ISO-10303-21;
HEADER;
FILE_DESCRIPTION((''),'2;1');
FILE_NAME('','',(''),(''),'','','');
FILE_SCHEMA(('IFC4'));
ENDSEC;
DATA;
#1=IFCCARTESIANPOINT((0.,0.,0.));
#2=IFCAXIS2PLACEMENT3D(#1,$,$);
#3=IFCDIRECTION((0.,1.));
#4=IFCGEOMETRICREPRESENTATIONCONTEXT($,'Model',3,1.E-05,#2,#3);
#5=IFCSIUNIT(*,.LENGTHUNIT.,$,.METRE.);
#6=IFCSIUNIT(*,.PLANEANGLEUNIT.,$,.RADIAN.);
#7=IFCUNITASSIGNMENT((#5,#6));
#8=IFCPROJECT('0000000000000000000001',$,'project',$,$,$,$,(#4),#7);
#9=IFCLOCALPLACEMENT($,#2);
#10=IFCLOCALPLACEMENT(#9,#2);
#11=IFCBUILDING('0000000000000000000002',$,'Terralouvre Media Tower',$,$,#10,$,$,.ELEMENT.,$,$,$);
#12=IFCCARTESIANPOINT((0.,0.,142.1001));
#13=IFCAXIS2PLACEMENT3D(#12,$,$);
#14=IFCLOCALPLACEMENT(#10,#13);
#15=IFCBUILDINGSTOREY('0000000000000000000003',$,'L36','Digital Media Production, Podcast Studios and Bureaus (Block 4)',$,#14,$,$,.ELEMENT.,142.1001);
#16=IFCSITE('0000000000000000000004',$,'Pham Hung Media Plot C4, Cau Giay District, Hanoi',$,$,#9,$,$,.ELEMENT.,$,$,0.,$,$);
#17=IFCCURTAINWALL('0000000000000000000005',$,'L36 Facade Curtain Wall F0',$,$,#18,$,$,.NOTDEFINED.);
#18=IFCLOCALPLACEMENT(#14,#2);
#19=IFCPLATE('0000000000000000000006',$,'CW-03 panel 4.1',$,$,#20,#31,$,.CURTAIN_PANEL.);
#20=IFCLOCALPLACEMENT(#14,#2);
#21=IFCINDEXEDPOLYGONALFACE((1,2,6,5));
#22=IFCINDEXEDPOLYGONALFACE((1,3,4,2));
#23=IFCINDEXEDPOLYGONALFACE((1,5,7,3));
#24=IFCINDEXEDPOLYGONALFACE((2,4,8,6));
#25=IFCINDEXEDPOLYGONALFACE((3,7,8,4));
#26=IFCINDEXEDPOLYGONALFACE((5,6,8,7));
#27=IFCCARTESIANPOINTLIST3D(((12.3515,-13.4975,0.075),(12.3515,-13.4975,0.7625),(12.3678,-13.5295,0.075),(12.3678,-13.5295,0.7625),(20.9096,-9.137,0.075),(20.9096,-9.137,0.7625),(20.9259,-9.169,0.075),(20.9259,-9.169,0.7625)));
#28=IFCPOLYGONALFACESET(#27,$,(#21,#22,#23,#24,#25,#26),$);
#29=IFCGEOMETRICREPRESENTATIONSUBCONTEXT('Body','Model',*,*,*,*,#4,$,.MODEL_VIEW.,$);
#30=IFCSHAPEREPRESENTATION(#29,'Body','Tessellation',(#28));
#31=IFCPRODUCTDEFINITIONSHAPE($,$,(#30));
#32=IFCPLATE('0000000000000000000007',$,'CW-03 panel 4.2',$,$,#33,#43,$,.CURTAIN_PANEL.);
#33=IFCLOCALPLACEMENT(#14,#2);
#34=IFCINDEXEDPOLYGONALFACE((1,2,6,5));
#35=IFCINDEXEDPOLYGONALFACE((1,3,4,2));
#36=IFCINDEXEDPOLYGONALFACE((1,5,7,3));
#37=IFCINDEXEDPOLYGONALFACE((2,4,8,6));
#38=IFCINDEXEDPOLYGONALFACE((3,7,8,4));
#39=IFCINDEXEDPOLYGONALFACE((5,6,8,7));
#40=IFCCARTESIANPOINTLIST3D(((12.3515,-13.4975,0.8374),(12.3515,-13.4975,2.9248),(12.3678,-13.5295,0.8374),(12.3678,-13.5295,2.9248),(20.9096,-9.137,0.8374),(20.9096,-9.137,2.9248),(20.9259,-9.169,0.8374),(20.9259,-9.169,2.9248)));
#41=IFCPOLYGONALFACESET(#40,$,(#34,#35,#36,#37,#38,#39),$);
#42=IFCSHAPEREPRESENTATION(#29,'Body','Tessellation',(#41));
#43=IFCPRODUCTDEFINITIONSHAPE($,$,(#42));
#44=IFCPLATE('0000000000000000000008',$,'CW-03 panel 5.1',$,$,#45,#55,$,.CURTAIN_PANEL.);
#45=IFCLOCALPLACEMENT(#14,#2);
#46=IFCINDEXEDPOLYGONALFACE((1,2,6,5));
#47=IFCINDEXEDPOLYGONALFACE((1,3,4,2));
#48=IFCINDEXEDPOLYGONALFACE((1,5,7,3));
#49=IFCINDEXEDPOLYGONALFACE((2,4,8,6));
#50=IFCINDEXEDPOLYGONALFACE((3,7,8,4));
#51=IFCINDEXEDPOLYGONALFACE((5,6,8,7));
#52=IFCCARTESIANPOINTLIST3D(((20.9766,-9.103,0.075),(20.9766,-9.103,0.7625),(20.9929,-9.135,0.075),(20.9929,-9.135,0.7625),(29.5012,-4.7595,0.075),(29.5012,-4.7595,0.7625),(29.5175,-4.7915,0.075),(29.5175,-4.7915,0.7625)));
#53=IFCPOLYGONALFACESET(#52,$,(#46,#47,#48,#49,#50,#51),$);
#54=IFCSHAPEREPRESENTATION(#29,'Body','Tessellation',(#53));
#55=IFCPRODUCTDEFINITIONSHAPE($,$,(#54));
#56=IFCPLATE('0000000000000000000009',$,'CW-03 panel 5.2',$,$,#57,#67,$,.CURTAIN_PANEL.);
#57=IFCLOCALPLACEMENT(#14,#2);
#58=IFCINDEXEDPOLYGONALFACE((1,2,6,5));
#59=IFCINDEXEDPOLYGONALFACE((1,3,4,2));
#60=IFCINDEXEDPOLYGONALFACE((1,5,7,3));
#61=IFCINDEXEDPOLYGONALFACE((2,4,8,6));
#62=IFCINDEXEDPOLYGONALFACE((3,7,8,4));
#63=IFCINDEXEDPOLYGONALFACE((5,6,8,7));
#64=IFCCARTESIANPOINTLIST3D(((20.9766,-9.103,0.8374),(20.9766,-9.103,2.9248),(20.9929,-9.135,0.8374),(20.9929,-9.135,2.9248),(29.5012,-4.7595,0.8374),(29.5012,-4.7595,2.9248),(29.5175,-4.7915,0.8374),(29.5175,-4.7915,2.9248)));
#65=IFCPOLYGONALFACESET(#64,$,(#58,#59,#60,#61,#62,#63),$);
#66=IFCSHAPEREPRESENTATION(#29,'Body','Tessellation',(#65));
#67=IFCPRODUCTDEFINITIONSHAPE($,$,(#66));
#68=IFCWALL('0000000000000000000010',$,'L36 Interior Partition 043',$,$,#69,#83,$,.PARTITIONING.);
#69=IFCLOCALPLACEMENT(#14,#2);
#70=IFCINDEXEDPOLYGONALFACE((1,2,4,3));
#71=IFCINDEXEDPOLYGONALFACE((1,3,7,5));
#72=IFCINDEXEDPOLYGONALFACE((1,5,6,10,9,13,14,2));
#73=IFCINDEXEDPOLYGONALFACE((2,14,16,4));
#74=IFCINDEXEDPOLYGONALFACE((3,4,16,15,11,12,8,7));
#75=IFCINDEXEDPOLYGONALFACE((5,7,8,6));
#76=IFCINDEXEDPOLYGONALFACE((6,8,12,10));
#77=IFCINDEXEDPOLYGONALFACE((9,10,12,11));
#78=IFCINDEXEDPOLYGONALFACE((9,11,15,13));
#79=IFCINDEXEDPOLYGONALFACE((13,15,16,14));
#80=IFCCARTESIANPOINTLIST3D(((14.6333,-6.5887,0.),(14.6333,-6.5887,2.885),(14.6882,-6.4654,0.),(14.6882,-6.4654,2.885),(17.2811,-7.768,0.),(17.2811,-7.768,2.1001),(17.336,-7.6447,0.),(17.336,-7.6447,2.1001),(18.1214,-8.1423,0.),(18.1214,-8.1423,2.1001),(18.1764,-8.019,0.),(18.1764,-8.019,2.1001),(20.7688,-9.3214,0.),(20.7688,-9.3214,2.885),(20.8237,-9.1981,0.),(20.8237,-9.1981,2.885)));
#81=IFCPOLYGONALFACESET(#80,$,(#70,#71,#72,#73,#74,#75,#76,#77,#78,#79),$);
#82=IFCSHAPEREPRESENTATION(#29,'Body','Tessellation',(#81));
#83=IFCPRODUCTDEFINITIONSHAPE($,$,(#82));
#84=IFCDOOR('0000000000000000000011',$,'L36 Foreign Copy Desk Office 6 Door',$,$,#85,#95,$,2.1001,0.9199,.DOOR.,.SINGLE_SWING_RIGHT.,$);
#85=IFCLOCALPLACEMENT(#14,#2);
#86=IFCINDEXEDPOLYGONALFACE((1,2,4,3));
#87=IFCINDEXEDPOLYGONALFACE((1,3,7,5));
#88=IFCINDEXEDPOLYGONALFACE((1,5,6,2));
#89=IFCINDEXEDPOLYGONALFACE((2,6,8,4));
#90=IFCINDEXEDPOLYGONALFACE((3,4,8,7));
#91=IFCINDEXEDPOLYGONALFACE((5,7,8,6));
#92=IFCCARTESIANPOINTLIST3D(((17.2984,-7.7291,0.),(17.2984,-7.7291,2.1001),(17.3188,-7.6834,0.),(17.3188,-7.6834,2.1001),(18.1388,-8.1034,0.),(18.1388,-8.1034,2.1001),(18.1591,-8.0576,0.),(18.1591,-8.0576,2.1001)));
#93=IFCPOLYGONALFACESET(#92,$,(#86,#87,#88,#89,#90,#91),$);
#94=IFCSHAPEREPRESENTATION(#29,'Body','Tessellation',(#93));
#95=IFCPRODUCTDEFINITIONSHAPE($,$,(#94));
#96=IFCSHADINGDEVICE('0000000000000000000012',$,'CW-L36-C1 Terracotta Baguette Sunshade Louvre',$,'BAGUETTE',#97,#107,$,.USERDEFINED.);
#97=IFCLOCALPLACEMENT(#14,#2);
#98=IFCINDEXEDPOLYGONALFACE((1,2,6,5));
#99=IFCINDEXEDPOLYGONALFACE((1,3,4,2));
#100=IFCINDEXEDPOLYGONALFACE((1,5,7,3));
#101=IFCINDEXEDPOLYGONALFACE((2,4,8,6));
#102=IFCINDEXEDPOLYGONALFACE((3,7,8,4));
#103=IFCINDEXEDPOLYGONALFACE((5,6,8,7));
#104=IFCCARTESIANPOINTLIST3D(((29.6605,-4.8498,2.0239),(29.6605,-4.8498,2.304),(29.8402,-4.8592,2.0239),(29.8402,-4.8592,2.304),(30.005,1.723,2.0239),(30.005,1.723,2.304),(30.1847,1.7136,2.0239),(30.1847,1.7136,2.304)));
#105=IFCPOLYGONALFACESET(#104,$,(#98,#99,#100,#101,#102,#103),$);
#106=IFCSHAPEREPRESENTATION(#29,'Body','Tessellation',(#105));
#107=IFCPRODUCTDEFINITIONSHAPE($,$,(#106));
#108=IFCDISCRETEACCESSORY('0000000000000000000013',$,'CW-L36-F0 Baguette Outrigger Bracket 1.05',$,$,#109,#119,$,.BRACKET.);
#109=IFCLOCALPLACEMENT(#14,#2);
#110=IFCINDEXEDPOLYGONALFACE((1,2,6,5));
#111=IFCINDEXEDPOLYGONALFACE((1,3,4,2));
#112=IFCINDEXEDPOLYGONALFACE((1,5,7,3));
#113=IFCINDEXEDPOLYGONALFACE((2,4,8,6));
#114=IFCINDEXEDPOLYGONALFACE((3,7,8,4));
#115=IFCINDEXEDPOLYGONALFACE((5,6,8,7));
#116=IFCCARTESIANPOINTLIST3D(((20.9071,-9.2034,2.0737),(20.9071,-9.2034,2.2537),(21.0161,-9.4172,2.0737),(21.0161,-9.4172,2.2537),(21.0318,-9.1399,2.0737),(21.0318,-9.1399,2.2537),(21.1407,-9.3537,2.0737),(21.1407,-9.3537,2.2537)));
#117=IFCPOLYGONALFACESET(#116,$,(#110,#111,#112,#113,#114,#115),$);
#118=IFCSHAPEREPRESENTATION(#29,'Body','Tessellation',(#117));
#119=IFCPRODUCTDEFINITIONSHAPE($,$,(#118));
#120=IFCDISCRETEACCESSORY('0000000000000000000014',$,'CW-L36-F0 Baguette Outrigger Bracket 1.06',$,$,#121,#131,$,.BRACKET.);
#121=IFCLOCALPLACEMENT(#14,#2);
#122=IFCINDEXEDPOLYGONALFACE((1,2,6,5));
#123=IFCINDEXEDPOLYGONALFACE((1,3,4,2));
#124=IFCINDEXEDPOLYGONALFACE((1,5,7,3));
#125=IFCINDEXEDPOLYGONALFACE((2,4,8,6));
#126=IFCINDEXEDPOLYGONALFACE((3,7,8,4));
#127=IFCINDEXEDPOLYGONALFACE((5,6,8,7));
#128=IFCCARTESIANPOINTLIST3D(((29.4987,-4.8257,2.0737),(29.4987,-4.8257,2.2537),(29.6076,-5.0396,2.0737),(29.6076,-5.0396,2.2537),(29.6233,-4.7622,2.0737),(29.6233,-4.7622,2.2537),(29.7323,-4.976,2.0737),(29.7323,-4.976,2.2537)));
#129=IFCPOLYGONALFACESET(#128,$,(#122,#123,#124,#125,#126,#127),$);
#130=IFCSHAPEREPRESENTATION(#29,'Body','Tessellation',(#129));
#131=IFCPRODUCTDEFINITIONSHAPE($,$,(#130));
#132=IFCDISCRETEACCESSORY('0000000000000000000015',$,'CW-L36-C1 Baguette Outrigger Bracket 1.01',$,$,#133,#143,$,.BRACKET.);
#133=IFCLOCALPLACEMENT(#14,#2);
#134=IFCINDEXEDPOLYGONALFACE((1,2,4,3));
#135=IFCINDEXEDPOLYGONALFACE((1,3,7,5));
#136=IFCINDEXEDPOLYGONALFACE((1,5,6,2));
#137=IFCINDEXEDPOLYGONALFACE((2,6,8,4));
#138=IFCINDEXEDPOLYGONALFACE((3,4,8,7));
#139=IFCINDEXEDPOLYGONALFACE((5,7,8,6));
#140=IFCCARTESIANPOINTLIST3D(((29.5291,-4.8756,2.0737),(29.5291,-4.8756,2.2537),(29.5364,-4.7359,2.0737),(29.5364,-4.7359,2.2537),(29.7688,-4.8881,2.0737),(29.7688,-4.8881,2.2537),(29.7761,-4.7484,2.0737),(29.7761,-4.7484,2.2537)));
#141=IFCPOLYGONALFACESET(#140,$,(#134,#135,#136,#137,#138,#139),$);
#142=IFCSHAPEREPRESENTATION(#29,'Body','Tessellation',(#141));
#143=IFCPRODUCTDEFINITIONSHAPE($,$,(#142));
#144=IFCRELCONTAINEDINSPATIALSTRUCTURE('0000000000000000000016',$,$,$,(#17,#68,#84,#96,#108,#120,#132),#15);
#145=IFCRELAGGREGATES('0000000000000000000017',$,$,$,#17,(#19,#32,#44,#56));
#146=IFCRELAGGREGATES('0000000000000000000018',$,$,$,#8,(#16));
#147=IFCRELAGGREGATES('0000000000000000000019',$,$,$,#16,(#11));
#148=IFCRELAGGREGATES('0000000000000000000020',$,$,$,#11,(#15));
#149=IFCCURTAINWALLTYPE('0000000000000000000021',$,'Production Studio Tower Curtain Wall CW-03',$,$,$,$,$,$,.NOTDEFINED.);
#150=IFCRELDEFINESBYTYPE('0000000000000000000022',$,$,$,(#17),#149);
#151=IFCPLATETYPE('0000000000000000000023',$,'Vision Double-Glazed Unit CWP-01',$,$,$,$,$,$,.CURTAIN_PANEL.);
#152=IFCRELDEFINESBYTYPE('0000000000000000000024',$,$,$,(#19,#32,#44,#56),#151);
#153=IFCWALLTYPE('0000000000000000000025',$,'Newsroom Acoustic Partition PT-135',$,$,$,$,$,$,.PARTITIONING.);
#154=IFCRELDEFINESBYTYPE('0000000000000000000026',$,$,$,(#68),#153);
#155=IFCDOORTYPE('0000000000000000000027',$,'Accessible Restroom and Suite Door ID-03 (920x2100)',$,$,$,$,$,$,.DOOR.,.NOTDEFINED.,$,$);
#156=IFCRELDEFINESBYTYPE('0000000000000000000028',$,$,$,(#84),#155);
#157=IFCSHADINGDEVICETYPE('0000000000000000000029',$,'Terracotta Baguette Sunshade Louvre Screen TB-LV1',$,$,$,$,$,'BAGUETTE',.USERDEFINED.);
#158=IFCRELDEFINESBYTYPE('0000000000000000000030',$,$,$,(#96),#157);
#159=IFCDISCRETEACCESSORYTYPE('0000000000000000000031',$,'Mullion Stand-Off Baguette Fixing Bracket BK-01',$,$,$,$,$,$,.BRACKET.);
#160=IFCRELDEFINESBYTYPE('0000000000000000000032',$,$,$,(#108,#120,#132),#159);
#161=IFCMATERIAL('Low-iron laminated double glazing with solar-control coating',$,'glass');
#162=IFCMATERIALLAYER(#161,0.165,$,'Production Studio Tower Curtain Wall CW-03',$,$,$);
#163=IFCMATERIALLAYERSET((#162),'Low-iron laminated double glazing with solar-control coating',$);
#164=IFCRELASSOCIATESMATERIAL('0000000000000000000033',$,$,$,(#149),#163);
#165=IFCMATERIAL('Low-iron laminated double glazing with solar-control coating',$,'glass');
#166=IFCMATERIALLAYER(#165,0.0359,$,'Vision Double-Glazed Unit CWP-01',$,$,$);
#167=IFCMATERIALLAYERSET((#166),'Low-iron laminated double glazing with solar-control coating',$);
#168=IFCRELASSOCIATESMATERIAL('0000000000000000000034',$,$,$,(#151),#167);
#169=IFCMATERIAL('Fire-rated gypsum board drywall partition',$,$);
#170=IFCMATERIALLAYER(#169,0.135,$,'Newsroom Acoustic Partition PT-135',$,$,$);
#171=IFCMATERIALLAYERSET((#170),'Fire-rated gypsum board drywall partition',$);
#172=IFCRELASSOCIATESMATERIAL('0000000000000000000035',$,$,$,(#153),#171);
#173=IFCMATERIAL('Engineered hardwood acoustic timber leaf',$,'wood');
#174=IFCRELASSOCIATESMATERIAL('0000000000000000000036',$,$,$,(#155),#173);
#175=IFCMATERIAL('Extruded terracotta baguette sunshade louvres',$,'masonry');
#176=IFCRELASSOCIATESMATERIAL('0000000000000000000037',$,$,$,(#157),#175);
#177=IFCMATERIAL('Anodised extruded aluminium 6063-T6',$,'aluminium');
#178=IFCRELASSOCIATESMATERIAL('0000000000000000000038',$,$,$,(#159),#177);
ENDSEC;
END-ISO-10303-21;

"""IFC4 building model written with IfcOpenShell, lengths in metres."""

from ifc_helpers import new_model, si_unit, direction, frame, frame_2d, origin, origin_2d, place, context, subcontext, project, spatial, rectangle, extrude, material, layer, layer_set, type_object, element, fill, aggregate, save


model = new_model("IFC4")

# Units and contexts
model_context = context("Model", 3, precision=1e-05, world=origin(), true_north=direction((0.0, 1.0)))
body_context = subcontext(model_context, "Body", "Model", "MODEL_VIEW")
ifc_project = project(units=[si_unit("LENGTHUNIT", "METRE"), si_unit("PLANEANGLEUNIT", "RADIAN")], contexts=[model_context])

# Site, building, storey
site_placement = place(None, origin())
site = spatial("IfcSite", under=ifc_project, at=site_placement, Name="Pham Hung Media Plot C4, Cau Giay District, Hanoi", CompositionType="ELEMENT", RefElevation=0.0)
building_placement = place(site_placement, origin())
building = spatial("IfcBuilding", under=site, at=building_placement, Name="Terralouvre Media Tower", CompositionType="ELEMENT")
storey_placement = place(building_placement, frame((0.0, 0.0, 142.1001)))
storey = spatial("IfcBuildingStorey", under=building, at=storey_placement, Name="L36", Description="Digital Media Production, Podcast Studios and Bureaus (Block 4)", CompositionType="ELEMENT", Elevation=142.1001)

# Curtain wall
ifc_material_1 = material(Name="Low-iron laminated double glazing with solar-control coating", Category="glass")
ifc_layer_1 = layer(ifc_material_1, 0.165, Name="Production Studio Tower Curtain Wall CW-03")
ifc_layer_set_1 = layer_set([ifc_layer_1], Name="Low-iron laminated double glazing with solar-control coating")
curtain_wall_type_1 = type_object("IfcCurtainWallType", Name="Production Studio Tower Curtain Wall CW-03", PredefinedType="NOTDEFINED", material=ifc_layer_set_1)
curtain_wall_1_placement = place(storey_placement, origin())
curtain_wall_1 = element("IfcCurtainWall", 1, at=curtain_wall_1_placement, inside=storey, type_object=curtain_wall_type_1, Name="L36 Facade Curtain Wall F0", PredefinedType="NOTDEFINED")

# Plates
ifc_material_2 = material(Name="Low-iron laminated double glazing with solar-control coating", Category="glass")
ifc_layer_2 = layer(ifc_material_2, 0.0359, Name="Vision Double-Glazed Unit CWP-01")
ifc_layer_set_2 = layer_set([ifc_layer_2], Name="Low-iron laminated double glazing with solar-control coating")
plate_type_1 = type_object("IfcPlateType", Name="Vision Double-Glazed Unit CWP-01", PredefinedType="CURTAIN_PANEL", material=ifc_layer_set_2)
plate_1_placement = place(storey_placement, frame((16.6387, -11.3333, 0.075), z_axis=(0.0, 0.0, 1.0), x_axis=(0.891007, 0.453991, 0.0)))
plate_1 = element("IfcPlate", 2, at=plate_1_placement, type_object=plate_type_1, Name="CW-03 panel 4.1", PredefinedType="CURTAIN_PANEL", context=body_context, shape_type="SweptSolid", body=[
    extrude(rectangle(XDim=9.605, YDim=0.0359, at=origin_2d()), origin(), (0.0, 0.0, 1.0), 0.6875),
])
plate_2_placement = place(storey_placement, frame((16.6387, -11.3333, 0.8374), z_axis=(0.0, 0.0, 1.0), x_axis=(0.891007, 0.453991, 0.0)))
plate_2 = element("IfcPlate", 3, at=plate_2_placement, type_object=plate_type_1, Name="CW-03 panel 4.2", PredefinedType="CURTAIN_PANEL", context=body_context, shape_type="SweptSolid", body=[
    extrude(rectangle(XDim=9.605, YDim=0.0359, at=origin_2d()), origin(), (0.0, 0.0, 1.0), 2.0874),
])
plate_3_placement = place(storey_placement, frame((25.2471, -6.9473, 0.075), z_axis=(0.0, 0.0, 1.0), x_axis=(0.891007, 0.453991, 0.0)))
plate_3 = element("IfcPlate", 4, at=plate_3_placement, type_object=plate_type_1, Name="CW-03 panel 5.1", PredefinedType="CURTAIN_PANEL", context=body_context, shape_type="SweptSolid", body=[
    extrude(rectangle(XDim=9.5674, YDim=0.0359, at=origin_2d()), origin(), (0.0, 0.0, 1.0), 0.6875),
])
plate_4_placement = place(storey_placement, frame((25.2471, -6.9473, 0.8374), z_axis=(0.0, 0.0, 1.0), x_axis=(0.891007, 0.453991, 0.0)))
plate_4 = element("IfcPlate", 5, at=plate_4_placement, type_object=plate_type_1, Name="CW-03 panel 5.2", PredefinedType="CURTAIN_PANEL", context=body_context, shape_type="SweptSolid", body=[
    extrude(rectangle(XDim=9.5674, YDim=0.0359, at=origin_2d()), origin(), (0.0, 0.0, 1.0), 2.0874),
])
aggregate(curtain_wall_1, [plate_1, plate_2, plate_3, plate_4])

# Wall, opening, door
ifc_material_3 = material(Name="Fire-rated gypsum board drywall partition")
ifc_layer_3 = layer(ifc_material_3, 0.135, Name="Newsroom Acoustic Partition PT-135")
ifc_layer_set_3 = layer_set([ifc_layer_3], Name="Fire-rated gypsum board drywall partition")
wall_type = type_object("IfcWallType", Name="Newsroom Acoustic Partition PT-135", PredefinedType="PARTITIONING", material=ifc_layer_set_3)
wall_placement = place(storey_placement, frame((20.7964, -9.2598, 0.0), z_axis=(0.0, 0.0, 1.0), x_axis=(-0.913492, 0.406857, 0.0)))
wall = element("IfcWall", 6, at=wall_placement, inside=storey, type_object=wall_type, Name="L36 Interior Partition 043", PredefinedType="PARTITIONING", context=body_context, shape_type="SweptSolid", body=[
    extrude(rectangle(XDim=6.7166, YDim=0.135, at=frame_2d((3.3584, 0.0))), origin(), (0.0, 0.0, 1.0), 2.885),
])
opening_placement = place(wall_placement, frame((2.8982, 0.0, 0.0)))
opening = element("IfcOpeningElement", 7, at=opening_placement, cuts=wall, PredefinedType="OPENING", context=body_context, shape_type="SweptSolid", body=[
    extrude(rectangle(XDim=0.9199, YDim=2.1001, at=frame_2d((0.46, 1.05))), frame((0.0, 0.0774, 0.0), z_axis=(0.0, -1.0, 0.0), x_axis=(1.0, 0.0, 0.0)), (0.0, 0.0, 1.0), 0.155),
])
ifc_material_4 = material(Name="Engineered hardwood acoustic timber leaf", Category="wood")
door_type = type_object("IfcDoorType", Name="Accessible Restroom and Suite Door ID-03 (920x2100)", OperationType="NOTDEFINED", PredefinedType="DOOR", material=ifc_material_4)
door_placement = place(opening_placement, origin())
door = element("IfcDoor", 8, at=door_placement, inside=storey, type_object=door_type, Name="L36 Foreign Copy Desk Office 6 Door", OperationType="SINGLE_SWING_RIGHT", OverallHeight=2.1001, OverallWidth=0.9199, PredefinedType="DOOR", context=body_context, shape_type="SweptSolid", body=[
    extrude(rectangle(XDim=0.9199, YDim=2.1001, at=frame_2d((0.46, 1.05))), frame((0.0, 0.0249, 0.0), z_axis=(0.0, -1.0, 0.0), x_axis=(1.0, 0.0, 0.0)), (0.0, 0.0, 1.0), 0.05),
])
fill(opening, door)

# Shading device
ifc_material_5 = material(Name="Extruded terracotta baguette sunshade louvres", Category="masonry")
shading_device_type = type_object("IfcShadingDeviceType", Name="Terracotta Baguette Sunshade Louvre Screen TB-LV1", ElementType="BAGUETTE", PredefinedType="USERDEFINED", material=ifc_material_5)
shading_device_placement = place(storey_placement, frame((29.9226, -1.5681, 2.0239), z_axis=(0.0, 0.0, 1.0), x_axis=(0.052337, 0.998629, 0.0)))
element("IfcShadingDevice", 9, at=shading_device_placement, inside=storey, type_object=shading_device_type, Name="CW-L36-C1 Terracotta Baguette Sunshade Louvre", ObjectType="BAGUETTE", PredefinedType="USERDEFINED", context=body_context, shape_type="SweptSolid", body=[
    extrude(rectangle(XDim=6.5818, YDim=0.1799, at=origin_2d()), origin(), (0.0, 0.0, 1.0), 0.28),
])

# Discrete accessories
ifc_material_6 = material(Name="Anodised extruded aluminium 6063-T6", Category="aluminium")
discrete_accessory_type = type_object("IfcDiscreteAccessoryType", Name="Mullion Stand-Off Baguette Fixing Bracket BK-01", PredefinedType="BRACKET", material=ifc_material_6)
for number, where, z_axis, x_axis, name in (
    (10, (21.0239, -9.2786, 2.0737), (0.0, 0.0, 1.0), (0.891007, 0.453991, 0.0), "CW-L36-F0 Baguette Outrigger Bracket 1.05"),
    (11, (29.6155, -4.9009, 2.0737), (0.0, 0.0, 1.0), (0.891007, 0.453991, 0.0), "CW-L36-F0 Baguette Outrigger Bracket 1.06"),
    (12, (29.6526, -4.812, 2.0737), (0.0, 0.0, 1.0), (0.052337, 0.998629, 0.0), "CW-L36-C1 Baguette Outrigger Bracket 1.01"),
):
    element("IfcDiscreteAccessory", number, at=place(storey_placement, frame(where, z_axis=z_axis, x_axis=x_axis)), inside=storey, type_object=discrete_accessory_type, Name=name, PredefinedType="BRACKET", context=body_context, shape_type="SweptSolid", body=[
        extrude(rectangle(XDim=0.1399, YDim=0.24, at=origin_2d()), origin(), (0.0, 0.0, 1.0), 0.1799),
    ])

save(model, "model.ifc")
